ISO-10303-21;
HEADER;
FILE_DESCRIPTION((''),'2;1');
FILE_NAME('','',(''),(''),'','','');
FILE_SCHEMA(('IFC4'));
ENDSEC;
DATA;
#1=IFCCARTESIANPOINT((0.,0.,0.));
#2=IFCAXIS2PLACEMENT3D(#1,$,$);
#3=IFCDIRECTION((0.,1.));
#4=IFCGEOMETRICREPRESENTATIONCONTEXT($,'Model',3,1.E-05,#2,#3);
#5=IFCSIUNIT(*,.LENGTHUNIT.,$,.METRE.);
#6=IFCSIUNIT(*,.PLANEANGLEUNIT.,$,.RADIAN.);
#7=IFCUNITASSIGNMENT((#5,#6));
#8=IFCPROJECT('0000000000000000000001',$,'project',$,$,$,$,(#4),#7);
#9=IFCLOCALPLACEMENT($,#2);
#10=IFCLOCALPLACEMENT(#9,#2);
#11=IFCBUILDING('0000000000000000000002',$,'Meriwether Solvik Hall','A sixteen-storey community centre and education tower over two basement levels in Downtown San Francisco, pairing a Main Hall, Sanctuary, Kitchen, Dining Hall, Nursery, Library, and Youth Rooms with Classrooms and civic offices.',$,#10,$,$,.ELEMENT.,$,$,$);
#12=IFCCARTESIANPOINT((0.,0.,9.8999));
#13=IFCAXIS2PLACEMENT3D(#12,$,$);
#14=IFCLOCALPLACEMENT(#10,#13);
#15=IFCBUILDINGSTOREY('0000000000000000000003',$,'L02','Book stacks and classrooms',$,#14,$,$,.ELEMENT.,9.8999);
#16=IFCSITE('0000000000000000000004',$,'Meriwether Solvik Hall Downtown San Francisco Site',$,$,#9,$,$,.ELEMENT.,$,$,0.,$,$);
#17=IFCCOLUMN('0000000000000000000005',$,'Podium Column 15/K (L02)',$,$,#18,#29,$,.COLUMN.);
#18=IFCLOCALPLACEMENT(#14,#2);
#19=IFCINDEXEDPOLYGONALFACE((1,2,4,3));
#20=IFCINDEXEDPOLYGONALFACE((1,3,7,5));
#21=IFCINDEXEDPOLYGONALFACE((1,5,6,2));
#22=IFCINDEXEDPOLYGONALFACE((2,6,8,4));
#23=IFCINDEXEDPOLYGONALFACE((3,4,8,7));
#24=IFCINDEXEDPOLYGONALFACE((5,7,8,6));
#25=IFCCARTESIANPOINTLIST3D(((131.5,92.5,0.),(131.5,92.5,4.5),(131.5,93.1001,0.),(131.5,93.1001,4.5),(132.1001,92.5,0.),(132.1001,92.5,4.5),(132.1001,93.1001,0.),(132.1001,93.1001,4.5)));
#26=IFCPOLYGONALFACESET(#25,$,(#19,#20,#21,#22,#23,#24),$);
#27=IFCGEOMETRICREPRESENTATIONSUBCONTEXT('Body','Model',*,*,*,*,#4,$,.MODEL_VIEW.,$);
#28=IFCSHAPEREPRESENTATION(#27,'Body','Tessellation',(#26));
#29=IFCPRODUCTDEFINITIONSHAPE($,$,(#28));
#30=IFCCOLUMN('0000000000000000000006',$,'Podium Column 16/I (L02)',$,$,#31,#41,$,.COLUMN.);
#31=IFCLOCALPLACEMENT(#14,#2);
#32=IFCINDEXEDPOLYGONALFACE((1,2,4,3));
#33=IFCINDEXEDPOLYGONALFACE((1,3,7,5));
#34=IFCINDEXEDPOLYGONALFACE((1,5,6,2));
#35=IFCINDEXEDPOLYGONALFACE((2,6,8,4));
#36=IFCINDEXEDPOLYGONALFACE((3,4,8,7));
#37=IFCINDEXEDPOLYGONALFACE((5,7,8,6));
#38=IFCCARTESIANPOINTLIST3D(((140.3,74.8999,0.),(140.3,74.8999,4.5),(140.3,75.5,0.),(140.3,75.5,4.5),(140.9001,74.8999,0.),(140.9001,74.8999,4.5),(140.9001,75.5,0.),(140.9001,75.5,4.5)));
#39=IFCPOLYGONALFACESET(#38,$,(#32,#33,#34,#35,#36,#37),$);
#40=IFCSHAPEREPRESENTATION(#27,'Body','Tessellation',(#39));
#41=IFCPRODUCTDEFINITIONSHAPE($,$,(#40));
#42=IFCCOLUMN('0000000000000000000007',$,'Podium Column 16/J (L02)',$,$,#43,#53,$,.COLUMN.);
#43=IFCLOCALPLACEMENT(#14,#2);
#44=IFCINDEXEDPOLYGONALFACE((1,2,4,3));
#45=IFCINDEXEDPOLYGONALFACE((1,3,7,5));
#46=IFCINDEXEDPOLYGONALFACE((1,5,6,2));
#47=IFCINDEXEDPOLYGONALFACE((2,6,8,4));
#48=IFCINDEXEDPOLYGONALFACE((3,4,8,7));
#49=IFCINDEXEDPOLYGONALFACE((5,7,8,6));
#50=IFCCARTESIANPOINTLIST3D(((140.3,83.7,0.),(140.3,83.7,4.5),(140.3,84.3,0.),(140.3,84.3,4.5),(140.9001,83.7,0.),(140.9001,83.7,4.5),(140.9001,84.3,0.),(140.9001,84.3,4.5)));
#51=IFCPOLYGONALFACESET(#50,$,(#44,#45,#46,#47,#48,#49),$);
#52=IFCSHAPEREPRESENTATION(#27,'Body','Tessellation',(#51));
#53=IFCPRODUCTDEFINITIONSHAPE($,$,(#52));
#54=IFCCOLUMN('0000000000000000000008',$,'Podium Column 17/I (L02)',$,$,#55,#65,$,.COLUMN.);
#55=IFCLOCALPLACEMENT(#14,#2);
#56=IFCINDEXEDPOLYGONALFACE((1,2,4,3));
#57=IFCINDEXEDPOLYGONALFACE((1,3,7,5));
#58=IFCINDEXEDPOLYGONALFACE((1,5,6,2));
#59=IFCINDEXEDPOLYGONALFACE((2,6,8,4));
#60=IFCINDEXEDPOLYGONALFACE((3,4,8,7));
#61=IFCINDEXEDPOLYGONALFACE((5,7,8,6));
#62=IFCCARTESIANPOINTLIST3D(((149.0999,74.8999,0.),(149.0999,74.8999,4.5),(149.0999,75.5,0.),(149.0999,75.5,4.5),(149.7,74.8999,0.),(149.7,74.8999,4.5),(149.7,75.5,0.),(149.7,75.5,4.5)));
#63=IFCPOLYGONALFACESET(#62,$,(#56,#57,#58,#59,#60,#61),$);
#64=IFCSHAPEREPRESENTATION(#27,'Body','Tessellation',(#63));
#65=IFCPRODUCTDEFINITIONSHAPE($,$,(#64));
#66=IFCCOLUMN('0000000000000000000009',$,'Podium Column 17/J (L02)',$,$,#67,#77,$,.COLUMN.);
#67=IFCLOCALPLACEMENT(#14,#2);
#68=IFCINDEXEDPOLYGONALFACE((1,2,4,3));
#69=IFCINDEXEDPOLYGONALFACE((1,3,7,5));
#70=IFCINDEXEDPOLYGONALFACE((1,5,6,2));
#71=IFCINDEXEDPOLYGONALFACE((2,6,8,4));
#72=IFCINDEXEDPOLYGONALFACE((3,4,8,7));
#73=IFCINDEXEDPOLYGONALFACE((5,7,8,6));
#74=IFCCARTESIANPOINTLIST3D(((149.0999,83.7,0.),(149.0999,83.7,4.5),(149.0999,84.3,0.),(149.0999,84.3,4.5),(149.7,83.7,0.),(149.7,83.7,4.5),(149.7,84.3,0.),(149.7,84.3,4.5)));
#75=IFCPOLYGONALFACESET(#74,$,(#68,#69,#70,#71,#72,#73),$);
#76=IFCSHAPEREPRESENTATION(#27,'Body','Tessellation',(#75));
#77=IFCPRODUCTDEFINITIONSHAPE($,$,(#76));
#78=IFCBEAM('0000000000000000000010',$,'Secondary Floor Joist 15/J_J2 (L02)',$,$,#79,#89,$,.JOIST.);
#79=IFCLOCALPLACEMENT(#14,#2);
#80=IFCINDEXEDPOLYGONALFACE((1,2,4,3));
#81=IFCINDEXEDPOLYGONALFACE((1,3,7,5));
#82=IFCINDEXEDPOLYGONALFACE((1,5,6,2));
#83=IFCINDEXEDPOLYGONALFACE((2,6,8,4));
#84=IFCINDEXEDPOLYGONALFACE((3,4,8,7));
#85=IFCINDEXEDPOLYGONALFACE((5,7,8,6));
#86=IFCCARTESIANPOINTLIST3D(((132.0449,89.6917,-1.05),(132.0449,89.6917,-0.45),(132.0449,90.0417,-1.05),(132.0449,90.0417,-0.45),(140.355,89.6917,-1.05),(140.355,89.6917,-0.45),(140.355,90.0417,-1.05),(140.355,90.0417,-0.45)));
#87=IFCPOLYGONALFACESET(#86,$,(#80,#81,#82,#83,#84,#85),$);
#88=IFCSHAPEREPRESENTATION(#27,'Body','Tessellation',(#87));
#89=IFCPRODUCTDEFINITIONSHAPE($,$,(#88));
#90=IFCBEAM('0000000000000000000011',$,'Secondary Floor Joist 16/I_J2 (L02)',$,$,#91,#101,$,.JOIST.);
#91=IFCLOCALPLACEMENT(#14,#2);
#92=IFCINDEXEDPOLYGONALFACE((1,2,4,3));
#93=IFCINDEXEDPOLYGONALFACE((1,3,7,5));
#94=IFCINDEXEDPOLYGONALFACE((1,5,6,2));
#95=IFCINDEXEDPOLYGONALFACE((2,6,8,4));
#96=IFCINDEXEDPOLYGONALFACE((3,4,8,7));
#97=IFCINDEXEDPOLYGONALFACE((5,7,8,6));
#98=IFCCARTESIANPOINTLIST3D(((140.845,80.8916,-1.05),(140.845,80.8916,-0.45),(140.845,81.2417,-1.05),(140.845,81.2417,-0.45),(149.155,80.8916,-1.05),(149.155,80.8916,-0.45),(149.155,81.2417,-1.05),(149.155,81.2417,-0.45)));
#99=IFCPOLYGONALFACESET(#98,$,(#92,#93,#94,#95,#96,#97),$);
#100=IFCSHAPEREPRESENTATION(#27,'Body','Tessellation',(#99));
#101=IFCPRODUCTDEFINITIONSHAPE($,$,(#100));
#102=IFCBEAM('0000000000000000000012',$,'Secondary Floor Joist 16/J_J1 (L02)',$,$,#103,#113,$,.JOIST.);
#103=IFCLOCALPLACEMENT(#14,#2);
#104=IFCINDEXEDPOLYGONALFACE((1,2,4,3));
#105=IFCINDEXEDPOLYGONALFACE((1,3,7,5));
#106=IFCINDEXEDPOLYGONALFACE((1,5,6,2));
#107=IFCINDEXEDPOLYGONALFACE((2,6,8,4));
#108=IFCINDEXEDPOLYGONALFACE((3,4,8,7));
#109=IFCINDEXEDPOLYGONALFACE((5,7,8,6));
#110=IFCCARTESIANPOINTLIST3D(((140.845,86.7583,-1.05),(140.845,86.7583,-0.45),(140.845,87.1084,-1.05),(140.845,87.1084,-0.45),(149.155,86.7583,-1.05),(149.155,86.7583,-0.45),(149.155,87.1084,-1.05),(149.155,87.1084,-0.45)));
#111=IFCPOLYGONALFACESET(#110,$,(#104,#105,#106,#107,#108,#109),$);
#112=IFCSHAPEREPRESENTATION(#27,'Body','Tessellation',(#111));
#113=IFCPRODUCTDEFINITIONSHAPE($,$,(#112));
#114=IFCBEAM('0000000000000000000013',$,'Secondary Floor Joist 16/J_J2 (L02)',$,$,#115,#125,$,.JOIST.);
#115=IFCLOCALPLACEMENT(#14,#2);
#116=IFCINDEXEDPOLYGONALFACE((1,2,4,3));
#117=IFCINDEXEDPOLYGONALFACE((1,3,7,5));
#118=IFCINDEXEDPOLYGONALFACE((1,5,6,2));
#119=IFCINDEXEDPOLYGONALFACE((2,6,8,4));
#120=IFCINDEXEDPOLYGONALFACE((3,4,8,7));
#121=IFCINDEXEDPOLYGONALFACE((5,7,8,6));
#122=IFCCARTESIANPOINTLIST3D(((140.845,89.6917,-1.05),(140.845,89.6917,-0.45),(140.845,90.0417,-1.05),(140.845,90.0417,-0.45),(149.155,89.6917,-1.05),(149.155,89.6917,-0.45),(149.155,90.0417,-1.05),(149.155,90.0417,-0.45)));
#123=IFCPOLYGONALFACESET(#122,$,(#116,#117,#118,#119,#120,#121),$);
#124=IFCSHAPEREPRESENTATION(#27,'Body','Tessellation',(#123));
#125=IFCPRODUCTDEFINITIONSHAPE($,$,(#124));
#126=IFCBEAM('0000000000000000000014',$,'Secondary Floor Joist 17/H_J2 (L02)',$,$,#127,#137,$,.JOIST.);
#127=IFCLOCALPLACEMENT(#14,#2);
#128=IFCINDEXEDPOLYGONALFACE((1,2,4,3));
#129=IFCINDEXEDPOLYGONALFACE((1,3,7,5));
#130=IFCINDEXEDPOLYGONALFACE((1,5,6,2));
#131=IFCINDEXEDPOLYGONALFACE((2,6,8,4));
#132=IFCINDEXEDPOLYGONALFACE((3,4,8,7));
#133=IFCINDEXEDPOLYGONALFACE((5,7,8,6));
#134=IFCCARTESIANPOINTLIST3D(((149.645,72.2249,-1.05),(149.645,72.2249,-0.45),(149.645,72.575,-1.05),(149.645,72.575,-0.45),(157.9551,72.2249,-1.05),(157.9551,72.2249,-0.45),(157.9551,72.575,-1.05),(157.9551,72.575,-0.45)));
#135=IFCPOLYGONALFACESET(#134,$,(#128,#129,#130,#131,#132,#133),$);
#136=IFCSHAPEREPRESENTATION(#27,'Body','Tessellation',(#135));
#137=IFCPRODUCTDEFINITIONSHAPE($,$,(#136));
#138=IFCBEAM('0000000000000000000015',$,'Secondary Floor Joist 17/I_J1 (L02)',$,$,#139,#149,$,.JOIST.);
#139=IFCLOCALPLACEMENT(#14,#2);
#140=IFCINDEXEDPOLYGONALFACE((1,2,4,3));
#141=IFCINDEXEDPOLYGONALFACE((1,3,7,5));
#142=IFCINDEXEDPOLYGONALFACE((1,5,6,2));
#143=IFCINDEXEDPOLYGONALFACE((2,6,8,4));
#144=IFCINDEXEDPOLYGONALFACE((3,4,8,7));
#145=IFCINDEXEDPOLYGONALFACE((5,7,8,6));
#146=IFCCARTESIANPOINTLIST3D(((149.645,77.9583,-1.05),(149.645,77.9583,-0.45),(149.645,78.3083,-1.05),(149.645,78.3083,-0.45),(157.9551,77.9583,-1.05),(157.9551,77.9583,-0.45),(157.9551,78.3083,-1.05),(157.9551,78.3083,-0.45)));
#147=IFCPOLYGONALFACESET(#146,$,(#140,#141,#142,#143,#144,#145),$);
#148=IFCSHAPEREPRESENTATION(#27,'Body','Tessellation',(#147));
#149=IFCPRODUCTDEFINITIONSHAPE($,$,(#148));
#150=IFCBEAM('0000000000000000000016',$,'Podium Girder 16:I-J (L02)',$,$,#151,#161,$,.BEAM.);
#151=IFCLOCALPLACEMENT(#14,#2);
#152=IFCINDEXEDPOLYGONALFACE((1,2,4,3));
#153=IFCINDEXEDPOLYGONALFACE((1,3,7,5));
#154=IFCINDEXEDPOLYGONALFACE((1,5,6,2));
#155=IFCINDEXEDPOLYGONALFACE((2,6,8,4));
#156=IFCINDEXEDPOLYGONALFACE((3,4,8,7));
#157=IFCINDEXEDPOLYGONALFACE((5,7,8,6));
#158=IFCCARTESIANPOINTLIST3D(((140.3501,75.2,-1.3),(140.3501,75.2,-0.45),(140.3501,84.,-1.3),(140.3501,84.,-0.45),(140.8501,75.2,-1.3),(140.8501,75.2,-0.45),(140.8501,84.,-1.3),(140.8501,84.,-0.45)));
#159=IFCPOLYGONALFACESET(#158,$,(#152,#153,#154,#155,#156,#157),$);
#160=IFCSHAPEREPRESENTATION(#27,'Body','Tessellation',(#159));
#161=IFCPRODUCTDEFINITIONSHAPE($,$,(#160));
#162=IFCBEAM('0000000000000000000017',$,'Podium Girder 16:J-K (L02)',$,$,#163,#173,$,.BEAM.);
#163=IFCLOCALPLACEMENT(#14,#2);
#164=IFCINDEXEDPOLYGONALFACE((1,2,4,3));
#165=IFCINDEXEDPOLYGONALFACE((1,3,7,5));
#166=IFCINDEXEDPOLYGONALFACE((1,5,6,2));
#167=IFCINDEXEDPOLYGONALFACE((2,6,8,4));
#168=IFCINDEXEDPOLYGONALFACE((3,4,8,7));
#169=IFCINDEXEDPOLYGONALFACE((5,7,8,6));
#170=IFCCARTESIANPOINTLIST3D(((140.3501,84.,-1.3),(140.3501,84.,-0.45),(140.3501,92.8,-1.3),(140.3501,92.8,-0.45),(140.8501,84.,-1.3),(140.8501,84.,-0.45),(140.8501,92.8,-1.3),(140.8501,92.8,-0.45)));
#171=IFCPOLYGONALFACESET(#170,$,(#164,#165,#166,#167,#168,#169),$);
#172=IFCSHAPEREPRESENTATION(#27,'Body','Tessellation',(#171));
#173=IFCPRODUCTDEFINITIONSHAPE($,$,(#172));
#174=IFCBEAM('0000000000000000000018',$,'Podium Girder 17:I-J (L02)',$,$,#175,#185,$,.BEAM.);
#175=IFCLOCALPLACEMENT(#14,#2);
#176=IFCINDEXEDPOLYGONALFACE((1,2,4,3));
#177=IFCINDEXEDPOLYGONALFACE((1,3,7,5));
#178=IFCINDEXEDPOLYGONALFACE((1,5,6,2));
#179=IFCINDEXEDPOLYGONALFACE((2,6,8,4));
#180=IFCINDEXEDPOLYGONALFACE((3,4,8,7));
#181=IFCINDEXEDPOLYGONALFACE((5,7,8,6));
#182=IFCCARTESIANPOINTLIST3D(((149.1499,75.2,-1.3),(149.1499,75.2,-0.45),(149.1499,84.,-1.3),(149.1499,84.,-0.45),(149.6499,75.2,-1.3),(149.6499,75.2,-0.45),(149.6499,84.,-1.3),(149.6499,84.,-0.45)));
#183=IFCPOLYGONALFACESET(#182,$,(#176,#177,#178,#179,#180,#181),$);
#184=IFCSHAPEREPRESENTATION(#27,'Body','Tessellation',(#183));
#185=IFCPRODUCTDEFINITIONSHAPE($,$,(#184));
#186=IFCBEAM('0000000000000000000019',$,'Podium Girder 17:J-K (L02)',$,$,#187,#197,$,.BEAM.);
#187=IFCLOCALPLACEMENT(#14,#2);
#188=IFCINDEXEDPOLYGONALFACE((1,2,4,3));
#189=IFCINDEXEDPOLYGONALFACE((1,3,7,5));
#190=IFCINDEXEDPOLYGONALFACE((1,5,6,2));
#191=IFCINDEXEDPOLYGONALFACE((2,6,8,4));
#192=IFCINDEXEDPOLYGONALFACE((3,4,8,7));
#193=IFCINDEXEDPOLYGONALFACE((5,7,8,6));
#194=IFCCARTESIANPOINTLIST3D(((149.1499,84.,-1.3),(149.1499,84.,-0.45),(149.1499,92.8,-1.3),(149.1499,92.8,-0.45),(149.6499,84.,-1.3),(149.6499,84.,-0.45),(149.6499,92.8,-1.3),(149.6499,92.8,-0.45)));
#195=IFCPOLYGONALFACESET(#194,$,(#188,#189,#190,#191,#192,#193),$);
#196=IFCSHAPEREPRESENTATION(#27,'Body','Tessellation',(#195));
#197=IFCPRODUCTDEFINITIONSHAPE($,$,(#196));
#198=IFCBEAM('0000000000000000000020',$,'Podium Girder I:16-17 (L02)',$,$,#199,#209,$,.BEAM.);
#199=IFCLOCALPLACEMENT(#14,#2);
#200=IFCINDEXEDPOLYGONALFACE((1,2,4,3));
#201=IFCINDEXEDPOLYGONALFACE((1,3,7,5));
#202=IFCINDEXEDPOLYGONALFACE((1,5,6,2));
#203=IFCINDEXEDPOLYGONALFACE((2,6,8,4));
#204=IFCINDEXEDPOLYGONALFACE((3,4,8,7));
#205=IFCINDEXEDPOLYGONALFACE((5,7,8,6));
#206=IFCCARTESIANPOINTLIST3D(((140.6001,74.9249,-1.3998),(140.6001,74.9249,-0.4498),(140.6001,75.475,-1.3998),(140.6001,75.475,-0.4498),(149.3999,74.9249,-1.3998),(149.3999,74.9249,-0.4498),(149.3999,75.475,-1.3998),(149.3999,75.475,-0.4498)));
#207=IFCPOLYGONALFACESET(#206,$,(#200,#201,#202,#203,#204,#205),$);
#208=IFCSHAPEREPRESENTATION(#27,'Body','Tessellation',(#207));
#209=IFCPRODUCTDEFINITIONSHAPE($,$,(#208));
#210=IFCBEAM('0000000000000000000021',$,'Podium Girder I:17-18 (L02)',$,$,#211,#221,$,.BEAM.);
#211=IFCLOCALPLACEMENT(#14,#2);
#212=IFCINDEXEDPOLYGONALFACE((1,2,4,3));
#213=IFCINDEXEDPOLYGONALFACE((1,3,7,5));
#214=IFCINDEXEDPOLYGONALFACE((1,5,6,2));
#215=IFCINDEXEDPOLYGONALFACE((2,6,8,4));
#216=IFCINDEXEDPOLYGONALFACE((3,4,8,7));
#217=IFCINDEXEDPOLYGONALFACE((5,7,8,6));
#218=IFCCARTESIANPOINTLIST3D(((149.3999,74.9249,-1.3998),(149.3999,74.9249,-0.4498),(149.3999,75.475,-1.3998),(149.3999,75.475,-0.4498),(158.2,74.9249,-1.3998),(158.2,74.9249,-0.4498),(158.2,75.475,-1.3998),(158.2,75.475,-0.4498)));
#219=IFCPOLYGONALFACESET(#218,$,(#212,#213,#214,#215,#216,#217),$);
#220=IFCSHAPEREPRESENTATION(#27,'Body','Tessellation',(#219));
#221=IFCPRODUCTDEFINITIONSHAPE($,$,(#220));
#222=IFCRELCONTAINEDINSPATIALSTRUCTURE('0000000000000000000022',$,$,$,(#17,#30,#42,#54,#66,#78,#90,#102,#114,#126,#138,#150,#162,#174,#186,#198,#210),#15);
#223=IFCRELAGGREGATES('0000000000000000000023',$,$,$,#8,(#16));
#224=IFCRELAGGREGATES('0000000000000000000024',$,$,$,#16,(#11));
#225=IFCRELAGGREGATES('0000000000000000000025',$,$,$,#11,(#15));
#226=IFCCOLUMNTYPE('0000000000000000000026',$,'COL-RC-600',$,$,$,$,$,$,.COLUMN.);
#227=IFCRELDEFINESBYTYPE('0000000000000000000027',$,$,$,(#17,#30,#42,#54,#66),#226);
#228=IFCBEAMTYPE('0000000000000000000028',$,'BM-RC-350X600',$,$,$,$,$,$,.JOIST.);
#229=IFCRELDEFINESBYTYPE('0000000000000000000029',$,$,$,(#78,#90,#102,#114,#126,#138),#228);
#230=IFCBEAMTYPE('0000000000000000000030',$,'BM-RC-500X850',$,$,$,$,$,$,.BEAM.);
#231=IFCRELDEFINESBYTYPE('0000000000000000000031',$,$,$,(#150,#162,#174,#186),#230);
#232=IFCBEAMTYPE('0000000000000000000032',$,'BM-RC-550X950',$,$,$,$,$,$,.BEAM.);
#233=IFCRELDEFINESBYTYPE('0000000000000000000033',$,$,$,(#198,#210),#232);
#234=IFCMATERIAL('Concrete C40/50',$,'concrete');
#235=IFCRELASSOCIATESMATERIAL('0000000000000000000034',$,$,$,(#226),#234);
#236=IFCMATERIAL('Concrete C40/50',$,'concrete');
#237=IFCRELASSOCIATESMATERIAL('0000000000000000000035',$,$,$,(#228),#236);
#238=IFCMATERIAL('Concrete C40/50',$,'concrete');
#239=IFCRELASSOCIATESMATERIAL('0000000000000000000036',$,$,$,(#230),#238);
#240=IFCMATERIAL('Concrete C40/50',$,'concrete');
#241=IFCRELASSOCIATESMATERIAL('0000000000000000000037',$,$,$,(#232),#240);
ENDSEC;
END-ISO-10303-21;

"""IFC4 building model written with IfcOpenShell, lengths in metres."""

from ifc_helpers import new_model, si_unit, direction, frame, origin, origin_2d, place, context, subcontext, project, spatial, rectangle, extrude, material, material_profile, profile_set, type_object, element, save


model = new_model("IFC4")

# Units and contexts
model_context = context("Model", 3, precision=1e-05, world=origin(), true_north=direction((0.0, 1.0)))
body_context = subcontext(model_context, "Body", "Model", "MODEL_VIEW")
ifc_project = project(units=[si_unit("LENGTHUNIT", "METRE"), si_unit("PLANEANGLEUNIT", "RADIAN")], contexts=[model_context])

# Site, building, storey
site_placement = place(None, origin())
site = spatial("IfcSite", under=ifc_project, at=site_placement, Name="Meriwether Solvik Hall Downtown San Francisco Site", CompositionType="ELEMENT", RefElevation=0.0)
building_placement = place(site_placement, origin())
building = spatial("IfcBuilding", under=site, at=building_placement, Name="Meriwether Solvik Hall", Description="A sixteen-storey community centre and education tower over two basement levels in Downtown San Francisco, pairing a Main Hall, Sanctuary, Kitchen, Dining Hall, Nursery, Library, and Youth Rooms with Classrooms and civic offices.", CompositionType="ELEMENT")
storey_placement = place(building_placement, frame((0.0, 0.0, 9.8999)))
storey = spatial("IfcBuildingStorey", under=building, at=storey_placement, Name="L02", Description="Book stacks and classrooms", CompositionType="ELEMENT", Elevation=9.8999)

# Columns
ifc_material_1 = material(Name="Concrete C40/50", Category="concrete")
ifc_material_profile_1 = material_profile(ifc_material_1, rectangle(XDim=0.6001, YDim=0.6001, at=origin_2d()), Name="RCC-600X600")
ifc_profile_set_1 = profile_set([ifc_material_profile_1], Name="Concrete C40/50")
column_type = type_object("IfcColumnType", Name="COL-RC-600", PredefinedType="COLUMN", material=ifc_profile_set_1)
for number, where, z_axis, x_axis, name in (
    (1, (131.8, 92.8, 0.0), (0.0, 0.0, 1.0), (1.0, 0.0, 0.0), "Podium Column 15/K (L02)"),
    (2, (140.6001, 75.2, 0.0), (0.0, 0.0, 1.0), (1.0, 0.0, 0.0), "Podium Column 16/I (L02)"),
    (3, (140.6001, 84.0, 0.0), (0.0, 0.0, 1.0), (1.0, 0.0, 0.0), "Podium Column 16/J (L02)"),
    (4, (149.3999, 75.2, 0.0), (0.0, 0.0, 1.0), (1.0, 0.0, 0.0), "Podium Column 17/I (L02)"),
    (5, (149.3999, 84.0, 0.0), (0.0, 0.0, 1.0), (1.0, 0.0, 0.0), "Podium Column 17/J (L02)"),
):
    element("IfcColumn", number, at=place(storey_placement, frame(where, z_axis=z_axis, x_axis=x_axis)), inside=storey, type_object=column_type, Name=name, PredefinedType="COLUMN", context=body_context, shape_type="SweptSolid", body=[
        extrude(rectangle(XDim=0.6001, YDim=0.6001, at=origin_2d()), origin(), (0.0, 0.0, 1.0), 4.5),
    ])

# Beams
ifc_material_2 = material(Name="Concrete C40/50", Category="concrete")
ifc_material_profile_2 = material_profile(ifc_material_2, rectangle(XDim=0.3501, YDim=0.6001, at=origin_2d()), Name="RCB-350X600")
ifc_profile_set_2 = profile_set([ifc_material_profile_2], Name="Concrete C40/50")
beam_type_1 = type_object("IfcBeamType", Name="BM-RC-350X600", PredefinedType="JOIST", material=ifc_profile_set_2)
for number, where, z_axis, x_axis, name in (
    (6, (132.0449, 89.8667, -0.75), (1.0, 0.0, 0.0), (0.0, 1.0, 0.0), "Secondary Floor Joist 15/J_J2 (L02)"),
    (7, (140.845, 81.0667, -0.75), (1.0, 0.0, 0.0), (0.0, 1.0, 0.0), "Secondary Floor Joist 16/I_J2 (L02)"),
    (8, (140.845, 86.9333, -0.75), (1.0, 0.0, 0.0), (0.0, 1.0, 0.0), "Secondary Floor Joist 16/J_J1 (L02)"),
    (9, (140.845, 89.8667, -0.75), (1.0, 0.0, 0.0), (0.0, 1.0, 0.0), "Secondary Floor Joist 16/J_J2 (L02)"),
    (10, (149.645, 72.3999, -0.75), (1.0, 0.0, 0.0), (0.0, 1.0, 0.0), "Secondary Floor Joist 17/H_J2 (L02)"),
    (11, (149.645, 78.1333, -0.75), (1.0, 0.0, 0.0), (0.0, 1.0, 0.0), "Secondary Floor Joist 17/I_J1 (L02)"),
):
    element("IfcBeam", number, at=place(storey_placement, frame(where, z_axis=z_axis, x_axis=x_axis)), inside=storey, type_object=beam_type_1, Name=name, PredefinedType="JOIST", context=body_context, shape_type="SweptSolid", body=[
        extrude(rectangle(XDim=0.3501, YDim=0.6001, at=origin_2d()), origin(), (0.0, 0.0, 1.0), 8.3101),
    ])
ifc_material_3 = material(Name="Concrete C40/50", Category="concrete")
ifc_material_profile_3 = material_profile(ifc_material_3, rectangle(XDim=0.5, YDim=0.8501, at=origin_2d()), Name="RCB-500X850")
ifc_profile_set_3 = profile_set([ifc_material_profile_3], Name="Concrete C40/50")
beam_type_2 = type_object("IfcBeamType", Name="BM-RC-500X850", PredefinedType="BEAM", material=ifc_profile_set_3)
for number, where, z_axis, x_axis, name in (
    (12, (140.6001, 75.2, -0.875), (0.0, 1.0, 0.0), (-1.0, 0.0, 0.0), "Podium Girder 16:I-J (L02)"),
    (13, (140.6001, 84.0, -0.875), (0.0, 1.0, 0.0), (-1.0, 0.0, 0.0), "Podium Girder 16:J-K (L02)"),
    (14, (149.3999, 75.2, -0.875), (0.0, 1.0, 0.0), (-1.0, 0.0, 0.0), "Podium Girder 17:I-J (L02)"),
    (15, (149.3999, 84.0, -0.875), (0.0, 1.0, 0.0), (-1.0, 0.0, 0.0), "Podium Girder 17:J-K (L02)"),
):
    element("IfcBeam", number, at=place(storey_placement, frame(where, z_axis=z_axis, x_axis=x_axis)), inside=storey, type_object=beam_type_2, Name=name, PredefinedType="BEAM", context=body_context, shape_type="SweptSolid", body=[
        extrude(rectangle(XDim=0.5, YDim=0.8501, at=origin_2d()), origin(), (0.0, 0.0, 1.0), 8.8),
    ])
ifc_material_4 = material(Name="Concrete C40/50", Category="concrete")
ifc_material_profile_4 = material_profile(ifc_material_4, rectangle(XDim=0.55, YDim=0.95, at=origin_2d()), Name="RCB-550X950")
ifc_profile_set_4 = profile_set([ifc_material_profile_4], Name="Concrete C40/50")
beam_type_3 = type_object("IfcBeamType", Name="BM-RC-550X950", PredefinedType="BEAM", material=ifc_profile_set_4)
beam_1_placement = place(storey_placement, frame((140.6001, 75.2, -0.9248), z_axis=(1.0, 0.0, 0.0), x_axis=(0.0, 1.0, 0.0)))
element("IfcBeam", 16, at=beam_1_placement, inside=storey, type_object=beam_type_3, Name="Podium Girder I:16-17 (L02)", PredefinedType="BEAM", context=body_context, shape_type="SweptSolid", body=[
    extrude(rectangle(XDim=0.55, YDim=0.95, at=origin_2d()), origin(), (0.0, 0.0, 1.0), 8.7998),
])
beam_2_placement = place(storey_placement, frame((149.3999, 75.2, -0.9248), z_axis=(1.0, 0.0, 0.0), x_axis=(0.0, 1.0, 0.0)))
element("IfcBeam", 17, at=beam_2_placement, inside=storey, type_object=beam_type_3, Name="Podium Girder I:17-18 (L02)", PredefinedType="BEAM", context=body_context, shape_type="SweptSolid", body=[
    extrude(rectangle(XDim=0.55, YDim=0.95, at=origin_2d()), origin(), (0.0, 0.0, 1.0), 8.8),
])

save(model, "model.ifc")
